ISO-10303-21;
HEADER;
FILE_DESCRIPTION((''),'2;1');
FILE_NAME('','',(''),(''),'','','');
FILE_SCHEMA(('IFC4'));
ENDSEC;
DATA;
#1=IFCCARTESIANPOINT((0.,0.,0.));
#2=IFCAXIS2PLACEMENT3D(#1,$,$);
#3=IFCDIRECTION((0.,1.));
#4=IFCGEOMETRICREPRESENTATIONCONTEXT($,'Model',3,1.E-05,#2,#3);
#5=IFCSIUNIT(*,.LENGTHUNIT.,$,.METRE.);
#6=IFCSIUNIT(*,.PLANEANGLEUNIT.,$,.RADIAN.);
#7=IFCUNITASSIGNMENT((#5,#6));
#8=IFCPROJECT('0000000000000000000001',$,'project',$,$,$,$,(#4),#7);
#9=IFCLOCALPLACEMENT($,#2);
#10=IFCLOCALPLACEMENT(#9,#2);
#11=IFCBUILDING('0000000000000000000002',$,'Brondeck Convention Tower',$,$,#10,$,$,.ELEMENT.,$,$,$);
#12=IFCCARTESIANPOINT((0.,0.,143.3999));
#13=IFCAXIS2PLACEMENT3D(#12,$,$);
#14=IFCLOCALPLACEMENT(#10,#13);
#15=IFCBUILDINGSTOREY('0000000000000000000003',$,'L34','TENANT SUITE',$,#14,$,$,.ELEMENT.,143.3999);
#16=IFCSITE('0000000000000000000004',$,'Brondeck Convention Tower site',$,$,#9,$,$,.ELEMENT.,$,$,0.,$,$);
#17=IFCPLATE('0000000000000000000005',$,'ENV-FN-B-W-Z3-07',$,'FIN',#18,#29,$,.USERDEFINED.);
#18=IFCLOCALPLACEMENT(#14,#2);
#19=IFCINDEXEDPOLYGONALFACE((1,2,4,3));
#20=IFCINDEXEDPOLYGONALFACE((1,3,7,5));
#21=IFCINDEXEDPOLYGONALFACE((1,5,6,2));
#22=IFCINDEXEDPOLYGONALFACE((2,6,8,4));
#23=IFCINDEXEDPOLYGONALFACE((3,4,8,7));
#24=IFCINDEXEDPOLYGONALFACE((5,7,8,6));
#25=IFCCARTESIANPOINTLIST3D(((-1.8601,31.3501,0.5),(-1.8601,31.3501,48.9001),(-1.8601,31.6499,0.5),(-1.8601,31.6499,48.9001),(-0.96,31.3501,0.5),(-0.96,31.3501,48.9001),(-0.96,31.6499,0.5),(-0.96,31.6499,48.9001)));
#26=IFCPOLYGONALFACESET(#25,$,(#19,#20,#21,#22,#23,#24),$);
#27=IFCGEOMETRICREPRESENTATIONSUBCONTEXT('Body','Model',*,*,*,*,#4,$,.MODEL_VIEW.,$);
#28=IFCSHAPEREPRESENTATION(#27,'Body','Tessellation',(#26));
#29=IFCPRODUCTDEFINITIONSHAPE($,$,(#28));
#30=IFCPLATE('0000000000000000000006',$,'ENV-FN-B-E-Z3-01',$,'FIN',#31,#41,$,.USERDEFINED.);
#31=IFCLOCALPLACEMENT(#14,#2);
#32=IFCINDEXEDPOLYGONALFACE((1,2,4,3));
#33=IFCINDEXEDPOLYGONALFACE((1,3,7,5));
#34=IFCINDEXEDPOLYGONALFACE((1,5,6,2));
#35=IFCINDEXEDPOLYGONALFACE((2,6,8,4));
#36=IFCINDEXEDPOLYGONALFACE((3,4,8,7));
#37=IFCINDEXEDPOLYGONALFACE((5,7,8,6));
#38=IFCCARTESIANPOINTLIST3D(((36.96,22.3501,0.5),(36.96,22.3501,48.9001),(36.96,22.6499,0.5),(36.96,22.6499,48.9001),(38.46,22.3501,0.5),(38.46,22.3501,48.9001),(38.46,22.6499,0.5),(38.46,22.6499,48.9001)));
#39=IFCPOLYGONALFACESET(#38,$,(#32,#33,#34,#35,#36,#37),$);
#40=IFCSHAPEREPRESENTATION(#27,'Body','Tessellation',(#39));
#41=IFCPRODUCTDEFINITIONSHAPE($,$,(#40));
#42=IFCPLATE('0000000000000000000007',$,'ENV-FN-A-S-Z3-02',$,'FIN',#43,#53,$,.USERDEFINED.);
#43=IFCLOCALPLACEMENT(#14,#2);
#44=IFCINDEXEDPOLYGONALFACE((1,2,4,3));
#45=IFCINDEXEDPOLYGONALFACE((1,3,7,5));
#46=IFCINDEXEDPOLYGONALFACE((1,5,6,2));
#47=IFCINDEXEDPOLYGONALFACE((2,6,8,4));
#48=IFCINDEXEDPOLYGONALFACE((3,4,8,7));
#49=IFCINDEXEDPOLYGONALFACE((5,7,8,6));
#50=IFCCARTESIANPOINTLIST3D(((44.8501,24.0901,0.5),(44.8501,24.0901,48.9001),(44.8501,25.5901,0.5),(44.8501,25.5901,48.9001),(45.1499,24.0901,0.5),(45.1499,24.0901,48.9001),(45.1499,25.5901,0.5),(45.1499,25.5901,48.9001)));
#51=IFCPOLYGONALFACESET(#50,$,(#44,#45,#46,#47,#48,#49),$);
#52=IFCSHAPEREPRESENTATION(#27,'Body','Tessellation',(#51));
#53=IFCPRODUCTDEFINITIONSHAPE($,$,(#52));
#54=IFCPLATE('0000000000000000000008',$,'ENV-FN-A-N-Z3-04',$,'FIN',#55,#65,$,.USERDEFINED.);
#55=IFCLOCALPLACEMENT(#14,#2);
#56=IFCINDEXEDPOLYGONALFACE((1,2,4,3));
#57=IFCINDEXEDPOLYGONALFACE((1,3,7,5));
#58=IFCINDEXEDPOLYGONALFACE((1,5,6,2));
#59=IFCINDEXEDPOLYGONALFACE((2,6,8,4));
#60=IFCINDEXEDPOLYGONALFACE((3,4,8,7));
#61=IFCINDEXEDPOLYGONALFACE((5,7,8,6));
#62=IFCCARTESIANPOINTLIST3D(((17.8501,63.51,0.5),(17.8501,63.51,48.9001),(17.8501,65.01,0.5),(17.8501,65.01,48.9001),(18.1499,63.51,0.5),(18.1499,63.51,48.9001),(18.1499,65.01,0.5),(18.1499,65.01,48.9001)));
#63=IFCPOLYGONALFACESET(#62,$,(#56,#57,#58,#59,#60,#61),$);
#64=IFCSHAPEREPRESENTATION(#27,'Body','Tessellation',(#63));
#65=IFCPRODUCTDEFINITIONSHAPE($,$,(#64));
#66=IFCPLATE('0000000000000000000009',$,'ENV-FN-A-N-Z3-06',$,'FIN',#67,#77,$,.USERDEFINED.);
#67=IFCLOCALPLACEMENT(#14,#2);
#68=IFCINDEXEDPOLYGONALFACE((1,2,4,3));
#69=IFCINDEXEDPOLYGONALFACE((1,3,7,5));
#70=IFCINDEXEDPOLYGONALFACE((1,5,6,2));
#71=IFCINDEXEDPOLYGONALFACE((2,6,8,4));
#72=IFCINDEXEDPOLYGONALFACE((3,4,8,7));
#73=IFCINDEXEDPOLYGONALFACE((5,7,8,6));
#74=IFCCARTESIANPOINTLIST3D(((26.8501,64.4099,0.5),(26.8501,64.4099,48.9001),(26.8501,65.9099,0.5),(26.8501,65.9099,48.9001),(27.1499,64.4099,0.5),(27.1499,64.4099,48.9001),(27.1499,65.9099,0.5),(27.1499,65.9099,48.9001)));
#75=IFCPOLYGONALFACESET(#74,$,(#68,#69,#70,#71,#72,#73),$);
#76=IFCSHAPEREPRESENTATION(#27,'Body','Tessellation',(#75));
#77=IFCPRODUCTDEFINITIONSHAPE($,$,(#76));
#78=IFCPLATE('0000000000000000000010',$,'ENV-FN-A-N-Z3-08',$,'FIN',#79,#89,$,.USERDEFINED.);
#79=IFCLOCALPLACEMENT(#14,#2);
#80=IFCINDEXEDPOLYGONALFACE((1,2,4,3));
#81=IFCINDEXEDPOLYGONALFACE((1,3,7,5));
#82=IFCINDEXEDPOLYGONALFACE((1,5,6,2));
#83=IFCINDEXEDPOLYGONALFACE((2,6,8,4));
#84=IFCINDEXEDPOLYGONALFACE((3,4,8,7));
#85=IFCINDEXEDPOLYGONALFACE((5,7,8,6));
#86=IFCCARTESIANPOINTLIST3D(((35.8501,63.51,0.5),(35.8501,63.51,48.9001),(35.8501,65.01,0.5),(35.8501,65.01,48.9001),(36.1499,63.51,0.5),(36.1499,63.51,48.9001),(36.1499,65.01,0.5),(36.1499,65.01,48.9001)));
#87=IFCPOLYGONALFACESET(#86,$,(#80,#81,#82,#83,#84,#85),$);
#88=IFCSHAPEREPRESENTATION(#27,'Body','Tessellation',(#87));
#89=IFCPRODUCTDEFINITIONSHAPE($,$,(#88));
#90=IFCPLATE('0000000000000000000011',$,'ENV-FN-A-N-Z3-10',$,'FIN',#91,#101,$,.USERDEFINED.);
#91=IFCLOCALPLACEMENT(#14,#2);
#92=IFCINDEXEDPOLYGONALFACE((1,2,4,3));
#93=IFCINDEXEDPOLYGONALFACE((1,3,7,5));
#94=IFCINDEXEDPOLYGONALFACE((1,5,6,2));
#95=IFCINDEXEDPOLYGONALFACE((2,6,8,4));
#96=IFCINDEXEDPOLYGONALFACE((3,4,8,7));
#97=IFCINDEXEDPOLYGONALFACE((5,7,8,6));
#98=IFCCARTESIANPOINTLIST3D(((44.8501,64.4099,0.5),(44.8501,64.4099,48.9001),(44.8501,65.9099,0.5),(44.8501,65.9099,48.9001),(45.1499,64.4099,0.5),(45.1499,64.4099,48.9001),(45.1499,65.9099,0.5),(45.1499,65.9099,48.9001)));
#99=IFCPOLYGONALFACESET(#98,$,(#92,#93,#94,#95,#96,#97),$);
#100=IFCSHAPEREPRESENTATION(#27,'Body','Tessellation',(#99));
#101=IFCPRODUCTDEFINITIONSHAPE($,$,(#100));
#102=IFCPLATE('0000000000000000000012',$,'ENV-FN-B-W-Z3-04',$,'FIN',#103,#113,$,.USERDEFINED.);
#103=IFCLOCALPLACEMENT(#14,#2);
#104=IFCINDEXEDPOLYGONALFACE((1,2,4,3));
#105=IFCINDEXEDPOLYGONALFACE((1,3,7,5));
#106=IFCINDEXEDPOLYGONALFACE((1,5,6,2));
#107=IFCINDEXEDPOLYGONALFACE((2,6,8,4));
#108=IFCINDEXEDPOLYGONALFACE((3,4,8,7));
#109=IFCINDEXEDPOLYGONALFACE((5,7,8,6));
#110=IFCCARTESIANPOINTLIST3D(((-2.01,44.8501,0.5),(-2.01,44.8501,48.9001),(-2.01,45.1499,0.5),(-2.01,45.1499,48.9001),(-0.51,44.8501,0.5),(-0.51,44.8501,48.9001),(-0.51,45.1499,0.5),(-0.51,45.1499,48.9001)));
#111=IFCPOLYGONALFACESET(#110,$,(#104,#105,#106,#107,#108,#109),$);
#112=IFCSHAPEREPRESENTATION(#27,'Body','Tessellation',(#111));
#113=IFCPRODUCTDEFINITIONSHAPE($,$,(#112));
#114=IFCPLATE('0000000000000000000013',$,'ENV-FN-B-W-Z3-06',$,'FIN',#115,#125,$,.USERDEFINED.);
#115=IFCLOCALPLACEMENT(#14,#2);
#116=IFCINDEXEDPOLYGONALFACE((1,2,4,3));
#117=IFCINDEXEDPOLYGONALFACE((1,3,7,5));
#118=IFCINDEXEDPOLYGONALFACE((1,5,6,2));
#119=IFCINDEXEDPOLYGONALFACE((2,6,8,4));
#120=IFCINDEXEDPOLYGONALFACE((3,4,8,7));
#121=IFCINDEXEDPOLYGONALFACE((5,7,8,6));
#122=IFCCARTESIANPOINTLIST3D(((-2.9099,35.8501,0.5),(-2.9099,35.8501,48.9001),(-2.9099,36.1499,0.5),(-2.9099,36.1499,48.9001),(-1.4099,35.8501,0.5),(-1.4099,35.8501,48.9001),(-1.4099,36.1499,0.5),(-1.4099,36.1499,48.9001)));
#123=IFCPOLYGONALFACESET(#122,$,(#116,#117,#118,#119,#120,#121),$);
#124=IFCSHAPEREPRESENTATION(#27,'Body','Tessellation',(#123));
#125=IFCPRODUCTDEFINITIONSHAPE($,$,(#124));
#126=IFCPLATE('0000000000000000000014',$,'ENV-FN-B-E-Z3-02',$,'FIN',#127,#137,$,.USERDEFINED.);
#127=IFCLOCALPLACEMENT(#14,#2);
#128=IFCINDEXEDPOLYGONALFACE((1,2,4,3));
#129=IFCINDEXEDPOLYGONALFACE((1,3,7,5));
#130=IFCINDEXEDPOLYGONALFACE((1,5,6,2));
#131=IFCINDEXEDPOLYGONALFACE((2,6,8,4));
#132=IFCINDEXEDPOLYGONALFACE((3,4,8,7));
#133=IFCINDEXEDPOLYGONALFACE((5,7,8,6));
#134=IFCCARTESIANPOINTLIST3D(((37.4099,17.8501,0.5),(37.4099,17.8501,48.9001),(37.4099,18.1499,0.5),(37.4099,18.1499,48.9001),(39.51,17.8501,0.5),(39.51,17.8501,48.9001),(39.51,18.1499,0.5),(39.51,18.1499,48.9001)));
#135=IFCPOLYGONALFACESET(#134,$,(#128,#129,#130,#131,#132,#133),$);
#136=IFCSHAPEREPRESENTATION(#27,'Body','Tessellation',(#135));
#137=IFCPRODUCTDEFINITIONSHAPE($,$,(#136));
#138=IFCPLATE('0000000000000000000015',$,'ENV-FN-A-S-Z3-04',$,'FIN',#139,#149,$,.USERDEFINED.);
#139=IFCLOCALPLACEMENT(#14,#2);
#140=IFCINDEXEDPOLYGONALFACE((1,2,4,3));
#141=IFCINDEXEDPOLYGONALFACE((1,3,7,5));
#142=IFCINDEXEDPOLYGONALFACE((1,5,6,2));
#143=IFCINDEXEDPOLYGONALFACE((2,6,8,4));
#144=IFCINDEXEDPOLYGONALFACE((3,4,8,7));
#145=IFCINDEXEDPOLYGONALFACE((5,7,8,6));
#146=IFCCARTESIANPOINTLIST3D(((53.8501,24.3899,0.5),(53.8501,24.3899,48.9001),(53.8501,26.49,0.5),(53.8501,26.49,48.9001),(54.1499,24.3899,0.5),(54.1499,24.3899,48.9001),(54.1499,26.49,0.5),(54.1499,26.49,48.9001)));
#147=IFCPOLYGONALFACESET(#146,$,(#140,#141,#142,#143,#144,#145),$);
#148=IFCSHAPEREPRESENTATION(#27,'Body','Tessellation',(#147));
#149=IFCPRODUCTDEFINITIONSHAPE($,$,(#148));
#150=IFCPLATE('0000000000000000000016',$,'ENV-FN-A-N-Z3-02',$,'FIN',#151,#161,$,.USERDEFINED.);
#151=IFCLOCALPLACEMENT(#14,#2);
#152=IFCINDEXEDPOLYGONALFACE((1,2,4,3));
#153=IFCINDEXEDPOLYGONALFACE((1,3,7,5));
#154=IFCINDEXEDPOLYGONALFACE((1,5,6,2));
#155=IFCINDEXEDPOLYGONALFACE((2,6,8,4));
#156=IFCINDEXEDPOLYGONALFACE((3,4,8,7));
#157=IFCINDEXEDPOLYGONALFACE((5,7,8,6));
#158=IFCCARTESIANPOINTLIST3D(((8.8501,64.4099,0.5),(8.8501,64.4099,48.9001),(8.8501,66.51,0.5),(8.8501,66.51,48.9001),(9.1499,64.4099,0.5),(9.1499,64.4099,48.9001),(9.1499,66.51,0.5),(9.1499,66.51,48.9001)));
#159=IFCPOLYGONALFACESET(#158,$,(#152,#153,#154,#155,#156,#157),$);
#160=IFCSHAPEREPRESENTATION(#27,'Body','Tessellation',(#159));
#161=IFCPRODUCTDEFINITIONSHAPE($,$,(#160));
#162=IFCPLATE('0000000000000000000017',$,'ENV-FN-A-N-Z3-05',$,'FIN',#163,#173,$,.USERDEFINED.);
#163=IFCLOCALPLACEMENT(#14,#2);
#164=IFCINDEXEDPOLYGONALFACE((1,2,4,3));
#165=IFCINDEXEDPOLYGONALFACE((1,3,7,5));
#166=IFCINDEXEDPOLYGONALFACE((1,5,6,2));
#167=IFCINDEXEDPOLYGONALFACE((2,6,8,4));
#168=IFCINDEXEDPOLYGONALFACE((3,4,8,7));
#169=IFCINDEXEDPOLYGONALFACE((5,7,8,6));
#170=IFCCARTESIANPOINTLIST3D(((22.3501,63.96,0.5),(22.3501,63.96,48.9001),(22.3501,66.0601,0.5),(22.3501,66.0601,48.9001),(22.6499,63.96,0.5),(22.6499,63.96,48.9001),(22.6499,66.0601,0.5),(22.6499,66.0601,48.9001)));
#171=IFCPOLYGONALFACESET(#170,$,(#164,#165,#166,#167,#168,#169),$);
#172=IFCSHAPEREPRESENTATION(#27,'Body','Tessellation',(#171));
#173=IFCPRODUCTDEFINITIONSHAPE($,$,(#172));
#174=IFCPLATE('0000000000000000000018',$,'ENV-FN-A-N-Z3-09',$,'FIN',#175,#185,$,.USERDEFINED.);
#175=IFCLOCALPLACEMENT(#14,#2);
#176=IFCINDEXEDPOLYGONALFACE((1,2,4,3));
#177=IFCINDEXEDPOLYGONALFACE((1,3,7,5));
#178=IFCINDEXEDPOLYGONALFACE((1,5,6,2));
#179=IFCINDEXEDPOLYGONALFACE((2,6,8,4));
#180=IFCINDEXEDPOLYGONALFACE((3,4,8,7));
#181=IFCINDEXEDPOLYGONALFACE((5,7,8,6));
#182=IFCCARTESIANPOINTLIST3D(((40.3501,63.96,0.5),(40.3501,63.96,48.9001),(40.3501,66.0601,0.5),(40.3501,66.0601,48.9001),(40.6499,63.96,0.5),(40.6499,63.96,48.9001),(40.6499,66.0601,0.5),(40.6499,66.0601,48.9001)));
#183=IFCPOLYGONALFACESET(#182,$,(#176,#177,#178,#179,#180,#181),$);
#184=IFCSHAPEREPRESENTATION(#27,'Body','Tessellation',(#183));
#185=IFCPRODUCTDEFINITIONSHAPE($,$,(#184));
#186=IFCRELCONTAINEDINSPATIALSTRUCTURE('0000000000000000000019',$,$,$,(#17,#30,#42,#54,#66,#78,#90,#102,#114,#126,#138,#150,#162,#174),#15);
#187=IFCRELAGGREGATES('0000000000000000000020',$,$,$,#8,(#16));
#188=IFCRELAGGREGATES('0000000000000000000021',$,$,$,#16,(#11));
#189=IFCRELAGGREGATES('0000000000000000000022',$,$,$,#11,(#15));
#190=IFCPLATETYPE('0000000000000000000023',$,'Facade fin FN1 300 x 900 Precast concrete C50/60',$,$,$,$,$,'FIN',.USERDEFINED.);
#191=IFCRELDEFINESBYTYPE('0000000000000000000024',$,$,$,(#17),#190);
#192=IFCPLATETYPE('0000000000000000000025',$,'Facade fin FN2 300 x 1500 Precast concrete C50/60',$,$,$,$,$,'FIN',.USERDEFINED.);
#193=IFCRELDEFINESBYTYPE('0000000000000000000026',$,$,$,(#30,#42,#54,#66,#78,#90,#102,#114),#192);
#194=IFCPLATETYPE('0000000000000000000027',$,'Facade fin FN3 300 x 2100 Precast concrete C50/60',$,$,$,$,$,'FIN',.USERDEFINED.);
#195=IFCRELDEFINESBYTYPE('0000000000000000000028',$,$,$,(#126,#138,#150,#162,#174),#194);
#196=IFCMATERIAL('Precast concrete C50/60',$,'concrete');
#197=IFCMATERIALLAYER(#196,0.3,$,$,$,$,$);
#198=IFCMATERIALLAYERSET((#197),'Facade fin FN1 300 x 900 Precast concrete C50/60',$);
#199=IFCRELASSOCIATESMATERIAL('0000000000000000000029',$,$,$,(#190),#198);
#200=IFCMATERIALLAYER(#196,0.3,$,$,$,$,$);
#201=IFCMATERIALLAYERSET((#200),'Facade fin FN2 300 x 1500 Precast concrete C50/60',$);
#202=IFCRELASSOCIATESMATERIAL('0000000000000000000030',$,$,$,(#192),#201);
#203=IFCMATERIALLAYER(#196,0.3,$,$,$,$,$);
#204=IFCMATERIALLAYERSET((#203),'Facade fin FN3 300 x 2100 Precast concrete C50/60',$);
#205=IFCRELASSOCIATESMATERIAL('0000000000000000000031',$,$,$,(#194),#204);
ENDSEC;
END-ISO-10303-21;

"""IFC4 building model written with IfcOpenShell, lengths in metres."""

from ifc_helpers import new_model, si_unit, direction, frame, origin, place, context, subcontext, project, spatial, polyline, outline, extrude, material, layer, layer_set, type_object, element, save


model = new_model("IFC4")

# Units and contexts
model_context = context("Model", 3, precision=1e-05, world=origin(), true_north=direction((0.0, 1.0)))
body_context = subcontext(model_context, "Body", "Model", "MODEL_VIEW")
ifc_project = project(units=[si_unit("LENGTHUNIT", "METRE"), si_unit("PLANEANGLEUNIT", "RADIAN")], contexts=[model_context])

# Site, building, storey
site_placement = place(None, origin())
site = spatial("IfcSite", under=ifc_project, at=site_placement, Name="Brondeck Convention Tower site", CompositionType="ELEMENT", RefElevation=0.0)
building_placement = place(site_placement, origin())
building = spatial("IfcBuilding", under=site, at=building_placement, Name="Brondeck Convention Tower", CompositionType="ELEMENT")
storey_placement = place(building_placement, frame((0.0, 0.0, 143.3999)))
storey = spatial("IfcBuildingStorey", under=building, at=storey_placement, Name="L34", Description="TENANT SUITE", CompositionType="ELEMENT", Elevation=143.3999)

# Plates
ifc_material_1 = material(Name="Precast concrete C50/60", Category="concrete")
ifc_layer_1 = layer(ifc_material_1, 0.3)
ifc_layer_set_1 = layer_set([ifc_layer_1], Name="Facade fin FN1 300 x 900 Precast concrete C50/60")
plate_type_1 = type_object("IfcPlateType", Name="Facade fin FN1 300 x 900 Precast concrete C50/60", ElementType="FIN", PredefinedType="USERDEFINED", material=ifc_layer_set_1)
plate_1_placement = place(storey_placement, frame((0.0, 0.0, 0.5)))
element("IfcPlate", 1, at=plate_1_placement, inside=storey, type_object=plate_type_1, Name="ENV-FN-B-W-Z3-07", ObjectType="FIN", PredefinedType="USERDEFINED", context=body_context, shape_type="SweptSolid", body=[
    extrude(outline(polyline([(-1.8601, 31.3501), (-0.96, 31.3501), (-0.96, 31.6499), (-1.8601, 31.6499), (-1.8601, 31.3501)])), origin(), (0.0, 0.0, 1.0), 48.4001),
])
ifc_layer_2 = layer(ifc_material_1, 0.3)
ifc_layer_set_2 = layer_set([ifc_layer_2], Name="Facade fin FN2 300 x 1500 Precast concrete C50/60")
plate_type_2 = type_object("IfcPlateType", Name="Facade fin FN2 300 x 1500 Precast concrete C50/60", ElementType="FIN", PredefinedType="USERDEFINED", material=ifc_layer_set_2)
plate_2_placement = place(storey_placement, frame((0.0, 0.0, 0.5)))
element("IfcPlate", 2, at=plate_2_placement, inside=storey, type_object=plate_type_2, Name="ENV-FN-B-E-Z3-01", ObjectType="FIN", PredefinedType="USERDEFINED", context=body_context, shape_type="SweptSolid", body=[
    extrude(outline(polyline([(38.46, 22.6499), (36.96, 22.6499), (36.96, 22.3501), (38.46, 22.3501), (38.46, 22.6499)])), origin(), (0.0, 0.0, 1.0), 48.4001),
])
plate_3_placement = place(storey_placement, frame((0.0, 0.0, 0.5)))
element("IfcPlate", 3, at=plate_3_placement, inside=storey, type_object=plate_type_2, Name="ENV-FN-A-S-Z3-02", ObjectType="FIN", PredefinedType="USERDEFINED", context=body_context, shape_type="SweptSolid", body=[
    extrude(outline(polyline([(45.1499, 24.0901), (45.1499, 25.5901), (44.8501, 25.5901), (44.8501, 24.0901), (45.1499, 24.0901)])), origin(), (0.0, 0.0, 1.0), 48.4001),
])
plate_4_placement = place(storey_placement, frame((0.0, 0.0, 0.5)))
element("IfcPlate", 4, at=plate_4_placement, inside=storey, type_object=plate_type_2, Name="ENV-FN-A-N-Z3-04", ObjectType="FIN", PredefinedType="USERDEFINED", context=body_context, shape_type="SweptSolid", body=[
    extrude(outline(polyline([(17.8501, 65.01), (17.8501, 63.51), (18.1499, 63.51), (18.1499, 65.01), (17.8501, 65.01)])), origin(), (0.0, 0.0, 1.0), 48.4001),
])
plate_5_placement = place(storey_placement, frame((0.0, 0.0, 0.5)))
element("IfcPlate", 5, at=plate_5_placement, inside=storey, type_object=plate_type_2, Name="ENV-FN-A-N-Z3-06", ObjectType="FIN", PredefinedType="USERDEFINED", context=body_context, shape_type="SweptSolid", body=[
    extrude(outline(polyline([(26.8501, 65.9099), (26.8501, 64.4099), (27.1499, 64.4099), (27.1499, 65.9099), (26.8501, 65.9099)])), origin(), (0.0, 0.0, 1.0), 48.4001),
])
plate_6_placement = place(storey_placement, frame((0.0, 0.0, 0.5)))
element("IfcPlate", 6, at=plate_6_placement, inside=storey, type_object=plate_type_2, Name="ENV-FN-A-N-Z3-08", ObjectType="FIN", PredefinedType="USERDEFINED", context=body_context, shape_type="SweptSolid", body=[
    extrude(outline(polyline([(35.8501, 65.01), (35.8501, 63.51), (36.1499, 63.51), (36.1499, 65.01), (35.8501, 65.01)])), origin(), (0.0, 0.0, 1.0), 48.4001),
])
plate_7_placement = place(storey_placement, frame((0.0, 0.0, 0.5)))
element("IfcPlate", 7, at=plate_7_placement, inside=storey, type_object=plate_type_2, Name="ENV-FN-A-N-Z3-10", ObjectType="FIN", PredefinedType="USERDEFINED", context=body_context, shape_type="SweptSolid", body=[
    extrude(outline(polyline([(44.8501, 65.9099), (44.8501, 64.4099), (45.1499, 64.4099), (45.1499, 65.9099), (44.8501, 65.9099)])), origin(), (0.0, 0.0, 1.0), 48.4001),
])
plate_8_placement = place(storey_placement, frame((0.0, 0.0, 0.5)))
element("IfcPlate", 8, at=plate_8_placement, inside=storey, type_object=plate_type_2, Name="ENV-FN-B-W-Z3-04", ObjectType="FIN", PredefinedType="USERDEFINED", context=body_context, shape_type="SweptSolid", body=[
    extrude(outline(polyline([(-2.01, 44.8501), (-0.51, 44.8501), (-0.51, 45.1499), (-2.01, 45.1499), (-2.01, 44.8501)])), origin(), (0.0, 0.0, 1.0), 48.4001),
])
plate_9_placement = place(storey_placement, frame((0.0, 0.0, 0.5)))
element("IfcPlate", 9, at=plate_9_placement, inside=storey, type_object=plate_type_2, Name="ENV-FN-B-W-Z3-06", ObjectType="FIN", PredefinedType="USERDEFINED", context=body_context, shape_type="SweptSolid", body=[
    extrude(outline(polyline([(-2.9099, 35.8501), (-1.4099, 35.8501), (-1.4099, 36.1499), (-2.9099, 36.1499), (-2.9099, 35.8501)])), origin(), (0.0, 0.0, 1.0), 48.4001),
])
ifc_layer_3 = layer(ifc_material_1, 0.3)
ifc_layer_set_3 = layer_set([ifc_layer_3], Name="Facade fin FN3 300 x 2100 Precast concrete C50/60")
plate_type_3 = type_object("IfcPlateType", Name="Facade fin FN3 300 x 2100 Precast concrete C50/60", ElementType="FIN", PredefinedType="USERDEFINED", material=ifc_layer_set_3)
plate_10_placement = place(storey_placement, frame((0.0, 0.0, 0.5)))
element("IfcPlate", 10, at=plate_10_placement, inside=storey, type_object=plate_type_3, Name="ENV-FN-B-E-Z3-02", ObjectType="FIN", PredefinedType="USERDEFINED", context=body_context, shape_type="SweptSolid", body=[
    extrude(outline(polyline([(39.51, 18.1499), (37.4099, 18.1499), (37.4099, 17.8501), (39.51, 17.8501), (39.51, 18.1499)])), origin(), (0.0, 0.0, 1.0), 48.4001),
])
plate_11_placement = place(storey_placement, frame((0.0, 0.0, 0.5)))
element("IfcPlate", 11, at=plate_11_placement, inside=storey, type_object=plate_type_3, Name="ENV-FN-A-S-Z3-04", ObjectType="FIN", PredefinedType="USERDEFINED", context=body_context, shape_type="SweptSolid", body=[
    extrude(outline(polyline([(54.1499, 24.3899), (54.1499, 26.49), (53.8501, 26.49), (53.8501, 24.3899), (54.1499, 24.3899)])), origin(), (0.0, 0.0, 1.0), 48.4001),
])
plate_12_placement = place(storey_placement, frame((0.0, 0.0, 0.5)))
element("IfcPlate", 12, at=plate_12_placement, inside=storey, type_object=plate_type_3, Name="ENV-FN-A-N-Z3-02", ObjectType="FIN", PredefinedType="USERDEFINED", context=body_context, shape_type="SweptSolid", body=[
    extrude(outline(polyline([(8.8501, 66.51), (8.8501, 64.4099), (9.1499, 64.4099), (9.1499, 66.51), (8.8501, 66.51)])), origin(), (0.0, 0.0, 1.0), 48.4001),
])
plate_13_placement = place(storey_placement, frame((0.0, 0.0, 0.5)))
element("IfcPlate", 13, at=plate_13_placement, inside=storey, type_object=plate_type_3, Name="ENV-FN-A-N-Z3-05", ObjectType="FIN", PredefinedType="USERDEFINED", context=body_context, shape_type="SweptSolid", body=[
    extrude(outline(polyline([(22.3501, 66.0601), (22.3501, 63.96), (22.6499, 63.96), (22.6499, 66.0601), (22.3501, 66.0601)])), origin(), (0.0, 0.0, 1.0), 48.4001),
])
plate_14_placement = place(storey_placement, frame((0.0, 0.0, 0.5)))
element("IfcPlate", 14, at=plate_14_placement, inside=storey, type_object=plate_type_3, Name="ENV-FN-A-N-Z3-09", ObjectType="FIN", PredefinedType="USERDEFINED", context=body_context, shape_type="SweptSolid", body=[
    extrude(outline(polyline([(40.3501, 66.0601), (40.3501, 63.96), (40.6499, 63.96), (40.6499, 66.0601), (40.3501, 66.0601)])), origin(), (0.0, 0.0, 1.0), 48.4001),
])

save(model, "model.ifc")
